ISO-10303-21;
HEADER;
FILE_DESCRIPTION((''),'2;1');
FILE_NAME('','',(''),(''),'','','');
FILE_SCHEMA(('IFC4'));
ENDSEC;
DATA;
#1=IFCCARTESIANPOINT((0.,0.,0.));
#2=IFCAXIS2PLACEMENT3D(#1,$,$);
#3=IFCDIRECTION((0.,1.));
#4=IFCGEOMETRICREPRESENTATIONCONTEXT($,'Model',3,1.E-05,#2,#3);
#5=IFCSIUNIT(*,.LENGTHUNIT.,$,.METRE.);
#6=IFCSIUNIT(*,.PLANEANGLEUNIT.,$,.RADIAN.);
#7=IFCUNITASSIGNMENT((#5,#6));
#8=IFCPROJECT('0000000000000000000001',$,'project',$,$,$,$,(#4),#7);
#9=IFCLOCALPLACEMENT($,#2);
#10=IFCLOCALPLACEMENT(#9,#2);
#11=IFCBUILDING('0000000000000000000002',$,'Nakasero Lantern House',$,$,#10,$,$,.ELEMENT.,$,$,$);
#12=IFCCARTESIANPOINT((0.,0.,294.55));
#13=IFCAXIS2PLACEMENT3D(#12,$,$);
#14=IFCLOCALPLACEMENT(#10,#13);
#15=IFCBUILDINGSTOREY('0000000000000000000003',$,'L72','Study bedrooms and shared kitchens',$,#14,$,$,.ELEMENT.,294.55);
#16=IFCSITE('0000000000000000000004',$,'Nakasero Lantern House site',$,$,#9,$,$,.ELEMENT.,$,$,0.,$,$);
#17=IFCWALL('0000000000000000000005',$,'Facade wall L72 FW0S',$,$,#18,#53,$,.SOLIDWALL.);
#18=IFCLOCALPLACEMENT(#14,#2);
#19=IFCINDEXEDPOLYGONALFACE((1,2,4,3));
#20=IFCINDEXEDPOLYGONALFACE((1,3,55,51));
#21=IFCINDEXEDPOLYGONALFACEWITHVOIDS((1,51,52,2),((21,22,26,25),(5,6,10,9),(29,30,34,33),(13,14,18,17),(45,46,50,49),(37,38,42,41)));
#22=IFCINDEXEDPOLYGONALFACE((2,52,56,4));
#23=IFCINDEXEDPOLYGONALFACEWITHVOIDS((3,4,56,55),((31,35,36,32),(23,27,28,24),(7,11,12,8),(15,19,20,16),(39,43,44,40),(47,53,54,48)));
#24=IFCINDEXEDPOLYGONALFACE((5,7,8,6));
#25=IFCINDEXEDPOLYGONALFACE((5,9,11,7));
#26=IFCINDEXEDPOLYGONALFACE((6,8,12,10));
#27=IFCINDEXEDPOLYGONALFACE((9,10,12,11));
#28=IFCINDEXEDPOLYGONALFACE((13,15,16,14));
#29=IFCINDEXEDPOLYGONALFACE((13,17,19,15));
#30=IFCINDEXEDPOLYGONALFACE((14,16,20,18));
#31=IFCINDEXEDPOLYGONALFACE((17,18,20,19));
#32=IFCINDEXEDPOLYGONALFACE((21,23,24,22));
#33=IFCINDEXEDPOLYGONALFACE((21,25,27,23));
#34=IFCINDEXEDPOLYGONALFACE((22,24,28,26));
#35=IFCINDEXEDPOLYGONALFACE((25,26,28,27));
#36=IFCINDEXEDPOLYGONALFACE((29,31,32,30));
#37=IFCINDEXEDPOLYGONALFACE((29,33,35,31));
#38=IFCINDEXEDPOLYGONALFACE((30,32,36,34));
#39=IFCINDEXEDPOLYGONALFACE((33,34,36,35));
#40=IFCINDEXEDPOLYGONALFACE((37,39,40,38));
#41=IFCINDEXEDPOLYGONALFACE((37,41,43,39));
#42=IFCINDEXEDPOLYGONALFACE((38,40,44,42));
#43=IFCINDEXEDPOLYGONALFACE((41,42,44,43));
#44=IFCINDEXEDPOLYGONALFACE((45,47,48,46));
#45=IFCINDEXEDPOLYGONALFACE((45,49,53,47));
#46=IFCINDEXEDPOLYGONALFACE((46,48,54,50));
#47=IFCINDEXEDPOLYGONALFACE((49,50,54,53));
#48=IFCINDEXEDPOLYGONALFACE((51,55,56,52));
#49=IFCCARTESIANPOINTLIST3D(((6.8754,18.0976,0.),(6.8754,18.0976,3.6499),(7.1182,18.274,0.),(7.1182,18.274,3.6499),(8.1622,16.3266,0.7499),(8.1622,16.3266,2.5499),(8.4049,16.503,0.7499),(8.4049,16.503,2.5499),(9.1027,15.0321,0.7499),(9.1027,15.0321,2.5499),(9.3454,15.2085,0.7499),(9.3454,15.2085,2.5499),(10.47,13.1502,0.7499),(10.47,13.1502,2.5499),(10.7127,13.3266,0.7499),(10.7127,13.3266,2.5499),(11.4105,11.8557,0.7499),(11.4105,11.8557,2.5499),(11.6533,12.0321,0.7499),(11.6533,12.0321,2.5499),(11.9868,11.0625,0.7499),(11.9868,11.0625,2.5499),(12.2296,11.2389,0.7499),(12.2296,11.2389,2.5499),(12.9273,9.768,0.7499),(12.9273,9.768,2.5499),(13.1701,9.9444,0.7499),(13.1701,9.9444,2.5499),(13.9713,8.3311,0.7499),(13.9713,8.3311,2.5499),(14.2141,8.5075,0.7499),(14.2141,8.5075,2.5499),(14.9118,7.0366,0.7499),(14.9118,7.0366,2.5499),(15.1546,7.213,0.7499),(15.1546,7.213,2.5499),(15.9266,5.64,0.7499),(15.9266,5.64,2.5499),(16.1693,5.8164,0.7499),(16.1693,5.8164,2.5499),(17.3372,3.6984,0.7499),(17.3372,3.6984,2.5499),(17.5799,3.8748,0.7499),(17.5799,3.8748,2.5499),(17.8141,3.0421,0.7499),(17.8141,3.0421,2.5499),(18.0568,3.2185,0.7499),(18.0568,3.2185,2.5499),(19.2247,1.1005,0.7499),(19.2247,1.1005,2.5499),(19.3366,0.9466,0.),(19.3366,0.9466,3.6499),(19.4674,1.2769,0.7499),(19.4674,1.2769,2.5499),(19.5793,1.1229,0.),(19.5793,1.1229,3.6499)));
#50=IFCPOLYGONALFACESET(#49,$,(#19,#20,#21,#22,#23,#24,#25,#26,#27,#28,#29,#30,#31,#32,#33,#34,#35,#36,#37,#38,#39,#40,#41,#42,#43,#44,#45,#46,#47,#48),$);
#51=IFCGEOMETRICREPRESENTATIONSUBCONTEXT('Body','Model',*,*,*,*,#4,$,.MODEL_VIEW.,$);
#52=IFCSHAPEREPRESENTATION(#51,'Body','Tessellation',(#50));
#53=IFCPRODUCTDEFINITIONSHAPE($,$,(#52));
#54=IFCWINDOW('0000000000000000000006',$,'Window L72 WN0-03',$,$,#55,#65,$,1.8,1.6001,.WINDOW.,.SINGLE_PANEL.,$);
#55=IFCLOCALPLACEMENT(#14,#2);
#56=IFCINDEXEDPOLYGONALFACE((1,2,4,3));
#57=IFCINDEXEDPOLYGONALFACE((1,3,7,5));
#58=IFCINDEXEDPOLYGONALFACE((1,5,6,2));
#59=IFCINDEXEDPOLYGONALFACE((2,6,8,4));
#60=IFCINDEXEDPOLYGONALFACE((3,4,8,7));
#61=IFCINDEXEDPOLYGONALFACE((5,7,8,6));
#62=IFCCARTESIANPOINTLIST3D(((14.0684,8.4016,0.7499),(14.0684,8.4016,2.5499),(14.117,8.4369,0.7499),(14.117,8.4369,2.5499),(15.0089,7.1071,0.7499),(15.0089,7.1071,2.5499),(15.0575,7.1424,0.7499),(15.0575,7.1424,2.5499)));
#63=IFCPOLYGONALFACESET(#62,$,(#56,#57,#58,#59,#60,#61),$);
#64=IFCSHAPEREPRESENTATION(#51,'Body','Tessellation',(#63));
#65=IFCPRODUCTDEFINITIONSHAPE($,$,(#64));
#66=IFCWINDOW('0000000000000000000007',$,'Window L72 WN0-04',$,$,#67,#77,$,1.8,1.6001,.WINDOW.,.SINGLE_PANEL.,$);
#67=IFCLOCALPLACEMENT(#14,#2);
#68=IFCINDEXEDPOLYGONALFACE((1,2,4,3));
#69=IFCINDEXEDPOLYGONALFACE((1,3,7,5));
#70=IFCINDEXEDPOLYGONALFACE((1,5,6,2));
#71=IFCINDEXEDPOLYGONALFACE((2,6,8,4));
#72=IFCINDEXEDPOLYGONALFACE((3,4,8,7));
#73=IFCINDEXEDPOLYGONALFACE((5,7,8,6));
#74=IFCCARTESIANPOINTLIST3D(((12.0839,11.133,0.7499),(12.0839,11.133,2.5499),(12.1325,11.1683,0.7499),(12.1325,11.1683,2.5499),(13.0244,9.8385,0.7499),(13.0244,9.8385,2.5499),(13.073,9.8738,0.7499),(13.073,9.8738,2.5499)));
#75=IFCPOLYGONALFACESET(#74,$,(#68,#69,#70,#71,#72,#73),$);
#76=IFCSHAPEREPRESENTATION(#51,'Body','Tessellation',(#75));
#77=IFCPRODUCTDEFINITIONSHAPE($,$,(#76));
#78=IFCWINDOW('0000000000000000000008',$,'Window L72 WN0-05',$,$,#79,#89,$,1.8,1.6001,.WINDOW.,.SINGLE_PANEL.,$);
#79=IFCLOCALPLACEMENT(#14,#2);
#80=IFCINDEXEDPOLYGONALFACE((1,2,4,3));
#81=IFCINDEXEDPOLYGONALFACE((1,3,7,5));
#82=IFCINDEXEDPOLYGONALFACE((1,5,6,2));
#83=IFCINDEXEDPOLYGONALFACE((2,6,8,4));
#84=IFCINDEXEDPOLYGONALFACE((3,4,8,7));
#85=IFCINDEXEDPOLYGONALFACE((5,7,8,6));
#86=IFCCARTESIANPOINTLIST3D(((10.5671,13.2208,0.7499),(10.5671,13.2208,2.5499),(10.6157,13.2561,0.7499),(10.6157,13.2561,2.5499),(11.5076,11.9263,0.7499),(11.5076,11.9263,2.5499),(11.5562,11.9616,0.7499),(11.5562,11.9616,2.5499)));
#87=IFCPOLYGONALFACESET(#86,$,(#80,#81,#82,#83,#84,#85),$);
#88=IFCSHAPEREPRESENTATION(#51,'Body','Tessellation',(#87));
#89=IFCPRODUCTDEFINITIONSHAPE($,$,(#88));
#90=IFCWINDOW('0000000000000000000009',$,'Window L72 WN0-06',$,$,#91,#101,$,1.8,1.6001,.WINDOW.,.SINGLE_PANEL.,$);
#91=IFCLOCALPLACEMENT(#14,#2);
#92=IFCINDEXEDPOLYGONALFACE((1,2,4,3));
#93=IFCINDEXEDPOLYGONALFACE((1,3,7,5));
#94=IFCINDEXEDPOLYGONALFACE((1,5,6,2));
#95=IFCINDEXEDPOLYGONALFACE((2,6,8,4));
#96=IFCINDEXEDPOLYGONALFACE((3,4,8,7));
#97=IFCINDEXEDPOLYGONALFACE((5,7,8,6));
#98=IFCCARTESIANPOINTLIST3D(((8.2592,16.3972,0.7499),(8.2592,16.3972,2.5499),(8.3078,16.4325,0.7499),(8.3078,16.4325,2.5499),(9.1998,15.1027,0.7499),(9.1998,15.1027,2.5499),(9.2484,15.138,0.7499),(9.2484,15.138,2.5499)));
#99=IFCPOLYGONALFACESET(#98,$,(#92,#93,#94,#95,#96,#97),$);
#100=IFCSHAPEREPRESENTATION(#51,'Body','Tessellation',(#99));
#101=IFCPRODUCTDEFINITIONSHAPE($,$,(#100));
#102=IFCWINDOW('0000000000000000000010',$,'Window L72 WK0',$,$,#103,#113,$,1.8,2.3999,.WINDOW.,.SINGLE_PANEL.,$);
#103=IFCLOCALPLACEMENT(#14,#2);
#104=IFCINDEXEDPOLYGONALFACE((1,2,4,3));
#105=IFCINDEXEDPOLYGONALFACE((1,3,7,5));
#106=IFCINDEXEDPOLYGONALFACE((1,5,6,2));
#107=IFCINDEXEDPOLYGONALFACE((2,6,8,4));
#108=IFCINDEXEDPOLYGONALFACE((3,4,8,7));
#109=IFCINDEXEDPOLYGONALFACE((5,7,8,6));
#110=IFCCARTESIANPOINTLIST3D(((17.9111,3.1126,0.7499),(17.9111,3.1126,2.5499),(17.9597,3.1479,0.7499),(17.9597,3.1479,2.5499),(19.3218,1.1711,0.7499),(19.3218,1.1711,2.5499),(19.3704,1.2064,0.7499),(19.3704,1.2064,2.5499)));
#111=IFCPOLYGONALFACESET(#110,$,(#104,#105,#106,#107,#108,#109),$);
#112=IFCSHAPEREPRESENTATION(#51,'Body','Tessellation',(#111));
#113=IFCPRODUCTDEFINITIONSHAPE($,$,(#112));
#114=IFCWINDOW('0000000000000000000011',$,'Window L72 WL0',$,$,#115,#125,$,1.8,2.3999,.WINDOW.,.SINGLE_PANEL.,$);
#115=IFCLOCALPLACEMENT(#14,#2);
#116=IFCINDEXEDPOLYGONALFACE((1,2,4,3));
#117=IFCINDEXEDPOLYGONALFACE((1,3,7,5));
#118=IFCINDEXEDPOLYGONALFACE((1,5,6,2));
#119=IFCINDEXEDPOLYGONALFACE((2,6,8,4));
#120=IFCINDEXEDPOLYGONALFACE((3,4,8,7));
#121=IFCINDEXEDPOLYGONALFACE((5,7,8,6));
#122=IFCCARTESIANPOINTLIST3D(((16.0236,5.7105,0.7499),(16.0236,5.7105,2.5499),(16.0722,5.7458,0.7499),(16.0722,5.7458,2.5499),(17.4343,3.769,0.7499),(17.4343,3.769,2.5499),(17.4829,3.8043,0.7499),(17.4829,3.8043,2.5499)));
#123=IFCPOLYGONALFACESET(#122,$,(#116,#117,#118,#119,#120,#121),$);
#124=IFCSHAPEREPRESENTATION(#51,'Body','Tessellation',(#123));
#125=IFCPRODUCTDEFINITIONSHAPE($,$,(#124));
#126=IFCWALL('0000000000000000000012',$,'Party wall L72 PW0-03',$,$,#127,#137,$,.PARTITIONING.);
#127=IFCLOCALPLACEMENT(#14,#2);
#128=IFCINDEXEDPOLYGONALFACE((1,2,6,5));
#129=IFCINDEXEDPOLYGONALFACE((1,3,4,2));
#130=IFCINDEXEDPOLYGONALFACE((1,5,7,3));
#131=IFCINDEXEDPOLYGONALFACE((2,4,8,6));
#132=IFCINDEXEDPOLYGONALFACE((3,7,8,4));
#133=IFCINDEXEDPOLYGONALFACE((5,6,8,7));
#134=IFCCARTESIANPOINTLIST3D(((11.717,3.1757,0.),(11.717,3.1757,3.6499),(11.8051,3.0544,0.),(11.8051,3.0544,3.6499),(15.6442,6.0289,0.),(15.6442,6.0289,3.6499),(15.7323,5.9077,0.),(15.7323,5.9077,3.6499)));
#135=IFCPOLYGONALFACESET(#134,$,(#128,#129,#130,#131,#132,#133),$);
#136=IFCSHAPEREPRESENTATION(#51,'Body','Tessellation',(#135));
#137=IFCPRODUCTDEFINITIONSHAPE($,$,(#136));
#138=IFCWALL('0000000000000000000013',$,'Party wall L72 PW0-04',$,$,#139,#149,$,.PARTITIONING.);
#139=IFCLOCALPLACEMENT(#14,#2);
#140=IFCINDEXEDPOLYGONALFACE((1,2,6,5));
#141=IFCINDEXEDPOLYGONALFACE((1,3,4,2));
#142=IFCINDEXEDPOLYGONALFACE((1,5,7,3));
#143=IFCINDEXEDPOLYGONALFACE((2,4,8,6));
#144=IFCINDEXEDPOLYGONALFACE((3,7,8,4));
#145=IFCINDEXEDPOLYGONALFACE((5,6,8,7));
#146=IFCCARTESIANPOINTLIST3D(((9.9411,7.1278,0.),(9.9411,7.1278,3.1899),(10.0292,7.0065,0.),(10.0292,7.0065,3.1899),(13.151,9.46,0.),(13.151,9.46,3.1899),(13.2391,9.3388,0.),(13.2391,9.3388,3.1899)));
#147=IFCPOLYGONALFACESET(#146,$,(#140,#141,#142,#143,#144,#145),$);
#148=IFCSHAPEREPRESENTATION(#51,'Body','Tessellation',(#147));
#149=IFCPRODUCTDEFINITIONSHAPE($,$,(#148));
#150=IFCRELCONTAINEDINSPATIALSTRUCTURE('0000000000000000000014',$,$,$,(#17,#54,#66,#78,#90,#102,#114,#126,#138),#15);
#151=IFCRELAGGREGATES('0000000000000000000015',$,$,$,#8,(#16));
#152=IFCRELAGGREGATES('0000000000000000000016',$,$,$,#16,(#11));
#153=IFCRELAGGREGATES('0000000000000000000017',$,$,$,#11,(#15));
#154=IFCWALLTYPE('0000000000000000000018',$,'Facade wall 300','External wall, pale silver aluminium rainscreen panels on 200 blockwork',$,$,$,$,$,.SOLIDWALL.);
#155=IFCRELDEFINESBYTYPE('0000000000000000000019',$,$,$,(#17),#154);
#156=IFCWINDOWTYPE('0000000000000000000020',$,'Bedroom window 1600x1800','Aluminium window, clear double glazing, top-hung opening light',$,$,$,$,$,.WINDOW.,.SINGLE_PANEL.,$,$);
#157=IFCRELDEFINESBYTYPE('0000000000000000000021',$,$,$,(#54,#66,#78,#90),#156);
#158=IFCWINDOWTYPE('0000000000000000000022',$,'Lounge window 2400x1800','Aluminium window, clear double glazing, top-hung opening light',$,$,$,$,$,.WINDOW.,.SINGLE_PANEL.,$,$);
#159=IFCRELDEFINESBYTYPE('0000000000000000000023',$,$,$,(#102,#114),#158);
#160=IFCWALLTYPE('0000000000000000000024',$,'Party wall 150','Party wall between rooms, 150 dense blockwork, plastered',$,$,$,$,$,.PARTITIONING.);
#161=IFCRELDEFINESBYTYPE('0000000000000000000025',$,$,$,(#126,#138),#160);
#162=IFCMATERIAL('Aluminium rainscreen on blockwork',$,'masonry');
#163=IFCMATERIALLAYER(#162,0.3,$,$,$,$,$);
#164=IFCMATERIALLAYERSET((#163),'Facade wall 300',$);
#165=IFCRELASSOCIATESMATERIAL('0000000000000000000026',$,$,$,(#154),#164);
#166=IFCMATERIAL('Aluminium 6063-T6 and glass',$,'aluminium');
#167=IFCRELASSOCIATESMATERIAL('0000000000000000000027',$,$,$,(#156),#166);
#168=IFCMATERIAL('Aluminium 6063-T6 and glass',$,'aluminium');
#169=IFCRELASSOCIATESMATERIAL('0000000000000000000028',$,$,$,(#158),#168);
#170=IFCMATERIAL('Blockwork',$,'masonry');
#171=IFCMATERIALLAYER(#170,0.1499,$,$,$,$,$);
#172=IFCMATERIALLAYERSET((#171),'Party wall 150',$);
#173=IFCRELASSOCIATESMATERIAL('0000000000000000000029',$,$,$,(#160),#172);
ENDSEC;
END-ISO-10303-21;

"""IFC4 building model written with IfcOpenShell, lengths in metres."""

from ifc_helpers import new_model, si_unit, direction, frame, frame_2d, origin, place, context, subcontext, project, spatial, rectangle, extrude, material, layer, layer_set, type_object, element, fill, save


model = new_model("IFC4")

# Units and contexts
model_context = context("Model", 3, precision=1e-05, world=origin(), true_north=direction((0.0, 1.0)))
body_context = subcontext(model_context, "Body", "Model", "MODEL_VIEW")
ifc_project = project(units=[si_unit("LENGTHUNIT", "METRE"), si_unit("PLANEANGLEUNIT", "RADIAN")], contexts=[model_context])

# Site, building, storey
site_placement = place(None, origin())
site = spatial("IfcSite", under=ifc_project, at=site_placement, Name="Nakasero Lantern House site", CompositionType="ELEMENT", RefElevation=0.0)
building_placement = place(site_placement, origin())
building = spatial("IfcBuilding", under=site, at=building_placement, Name="Nakasero Lantern House", CompositionType="ELEMENT")
storey_placement = place(building_placement, frame((0.0, 0.0, 294.55)))
storey = spatial("IfcBuildingStorey", under=building, at=storey_placement, Name="L72", Description="Study bedrooms and shared kitchens", CompositionType="ELEMENT", Elevation=294.55)

# Wall, openings, windows
ifc_material_1 = material(Name="Aluminium rainscreen on blockwork", Category="masonry")
ifc_layer_1 = layer(ifc_material_1, 0.3)
ifc_layer_set_1 = layer_set([ifc_layer_1], Name="Facade wall 300")
wall_type_1 = type_object("IfcWallType", Name="Facade wall 300", Description="External wall, pale silver aluminium rainscreen panels on 200 blockwork", PredefinedType="SOLIDWALL", material=ifc_layer_set_1)
wall_1_placement = place(storey_placement, frame((19.458, 1.0347, 0.0), z_axis=(0.0, 0.0, 1.0), x_axis=(-0.58779, 0.809013, 0.0)))
wall_1 = element("IfcWall", 1, at=wall_1_placement, inside=storey, type_object=wall_type_1, Name="Facade wall L72 FW0S", PredefinedType="SOLIDWALL", context=body_context, shape_type="SweptSolid", body=[
    extrude(rectangle(XDim=21.2, YDim=0.3, at=frame_2d((10.6001, 0.0))), origin(), (0.0, 0.0, 1.0), 3.6499),
])
opening_1_placement = place(wall_1_placement, frame((7.5278, 0.0, 0.75)))
opening_1 = element("IfcOpeningElement", 2, at=opening_1_placement, cuts=wall_1, PredefinedType="OPENING", context=body_context, shape_type="SweptSolid", body=[
    extrude(rectangle(XDim=1.6001, YDim=1.8, at=frame_2d((0.8, 0.8999))), frame((0.0, 0.1699, 0.0), z_axis=(0.0, -1.0, 0.0), x_axis=(1.0, 0.0, 0.0)), (0.0, 0.0, 1.0), 0.3401),
])
opening_2_placement = place(wall_1_placement, frame((10.9041, 0.0, 0.75)))
opening_2 = element("IfcOpeningElement", 3, at=opening_2_placement, cuts=wall_1, PredefinedType="OPENING", context=body_context, shape_type="SweptSolid", body=[
    extrude(rectangle(XDim=1.6001, YDim=1.8, at=frame_2d((0.8, 0.8999))), frame((0.0, 0.1699, 0.0), z_axis=(0.0, -1.0, 0.0), x_axis=(1.0, 0.0, 0.0)), (0.0, 0.0, 1.0), 0.3401),
])
opening_3_placement = place(wall_1_placement, frame((13.4846, 0.0, 0.75)))
opening_3 = element("IfcOpeningElement", 4, at=opening_3_placement, cuts=wall_1, PredefinedType="OPENING", context=body_context, shape_type="SweptSolid", body=[
    extrude(rectangle(XDim=1.6001, YDim=1.8, at=frame_2d((0.8, 0.8999))), frame((0.0, 0.1699, 0.0), z_axis=(0.0, -1.0, 0.0), x_axis=(1.0, 0.0, 0.0)), (0.0, 0.0, 1.0), 0.3401),
])
opening_4_placement = place(wall_1_placement, frame((17.4109, 0.0, 0.75)))
opening_4 = element("IfcOpeningElement", 5, at=opening_4_placement, cuts=wall_1, PredefinedType="OPENING", context=body_context, shape_type="SweptSolid", body=[
    extrude(rectangle(XDim=1.6001, YDim=1.8, at=frame_2d((0.8, 0.8999))), frame((0.0, 0.1699, 0.0), z_axis=(0.0, -1.0, 0.0), x_axis=(1.0, 0.0, 0.0)), (0.0, 0.0, 1.0), 0.3401),
])
opening_5_placement = place(wall_1_placement, frame((0.1904, 0.0, 0.75)))
opening_5 = element("IfcOpeningElement", 6, at=opening_5_placement, cuts=wall_1, PredefinedType="OPENING", context=body_context, shape_type="SweptSolid", body=[
    extrude(rectangle(XDim=2.3999, YDim=1.8, at=frame_2d((1.2, 0.8999))), frame((0.0, 0.1699, 0.0), z_axis=(0.0, -1.0, 0.0), x_axis=(1.0, 0.0, 0.0)), (0.0, 0.0, 1.0), 0.3401),
])
opening_6_placement = place(wall_1_placement, frame((3.4016, 0.0, 0.75)))
opening_6 = element("IfcOpeningElement", 7, at=opening_6_placement, cuts=wall_1, PredefinedType="OPENING", context=body_context, shape_type="SweptSolid", body=[
    extrude(rectangle(XDim=2.3999, YDim=1.8, at=frame_2d((1.2, 0.8999))), frame((0.0, 0.1699, 0.0), z_axis=(0.0, -1.0, 0.0), x_axis=(1.0, 0.0, 0.0)), (0.0, 0.0, 1.0), 0.3401),
])
ifc_material_2 = material(Name="Aluminium 6063-T6 and glass", Category="aluminium")
window_type_1 = type_object("IfcWindowType", Name="Bedroom window 1600x1800", Description="Aluminium window, clear double glazing, top-hung opening light", PartitioningType="SINGLE_PANEL", PredefinedType="WINDOW", material=ifc_material_2)
window_1_placement = place(opening_1_placement, origin())
window_1 = element("IfcWindow", 8, at=window_1_placement, inside=storey, type_object=window_type_1, Name="Window L72 WN0-03", OverallHeight=1.8, OverallWidth=1.6001, PartitioningType="SINGLE_PANEL", PredefinedType="WINDOW", context=body_context, shape_type="SweptSolid", body=[
    extrude(rectangle(XDim=1.6001, YDim=1.8, at=frame_2d((0.8, 0.8999))), frame((0.0, 0.03, 0.0), z_axis=(0.0, -1.0, 0.0), x_axis=(1.0, 0.0, 0.0)), (0.0, 0.0, 1.0), 0.0601),
])
fill(opening_1, window_1)
window_2_placement = place(opening_2_placement, origin())
window_2 = element("IfcWindow", 9, at=window_2_placement, inside=storey, type_object=window_type_1, Name="Window L72 WN0-04", OverallHeight=1.8, OverallWidth=1.6001, PartitioningType="SINGLE_PANEL", PredefinedType="WINDOW", context=body_context, shape_type="SweptSolid", body=[
    extrude(rectangle(XDim=1.6001, YDim=1.8, at=frame_2d((0.8, 0.8999))), frame((0.0, 0.03, 0.0), z_axis=(0.0, -1.0, 0.0), x_axis=(1.0, 0.0, 0.0)), (0.0, 0.0, 1.0), 0.0601),
])
fill(opening_2, window_2)
window_3_placement = place(opening_3_placement, origin())
window_3 = element("IfcWindow", 10, at=window_3_placement, inside=storey, type_object=window_type_1, Name="Window L72 WN0-05", OverallHeight=1.8, OverallWidth=1.6001, PartitioningType="SINGLE_PANEL", PredefinedType="WINDOW", context=body_context, shape_type="SweptSolid", body=[
    extrude(rectangle(XDim=1.6001, YDim=1.8, at=frame_2d((0.8, 0.8999))), frame((0.0, 0.03, 0.0), z_axis=(0.0, -1.0, 0.0), x_axis=(1.0, 0.0, 0.0)), (0.0, 0.0, 1.0), 0.0601),
])
fill(opening_3, window_3)
window_4_placement = place(opening_4_placement, origin())
window_4 = element("IfcWindow", 11, at=window_4_placement, inside=storey, type_object=window_type_1, Name="Window L72 WN0-06", OverallHeight=1.8, OverallWidth=1.6001, PartitioningType="SINGLE_PANEL", PredefinedType="WINDOW", context=body_context, shape_type="SweptSolid", body=[
    extrude(rectangle(XDim=1.6001, YDim=1.8, at=frame_2d((0.8, 0.8999))), frame((0.0, 0.03, 0.0), z_axis=(0.0, -1.0, 0.0), x_axis=(1.0, 0.0, 0.0)), (0.0, 0.0, 1.0), 0.0601),
])
fill(opening_4, window_4)
ifc_material_3 = material(Name="Aluminium 6063-T6 and glass", Category="aluminium")
window_type_2 = type_object("IfcWindowType", Name="Lounge window 2400x1800", Description="Aluminium window, clear double glazing, top-hung opening light", PartitioningType="SINGLE_PANEL", PredefinedType="WINDOW", material=ifc_material_3)
window_5_placement = place(opening_5_placement, origin())
window_5 = element("IfcWindow", 12, at=window_5_placement, inside=storey, type_object=window_type_2, Name="Window L72 WK0", OverallHeight=1.8, OverallWidth=2.3999, PartitioningType="SINGLE_PANEL", PredefinedType="WINDOW", context=body_context, shape_type="SweptSolid", body=[
    extrude(rectangle(XDim=2.3999, YDim=1.8, at=frame_2d((1.2, 0.8999))), frame((0.0, 0.03, 0.0), z_axis=(0.0, -1.0, 0.0), x_axis=(1.0, 0.0, 0.0)), (0.0, 0.0, 1.0), 0.0601),
])
fill(opening_5, window_5)
window_6_placement = place(opening_6_placement, origin())
window_6 = element("IfcWindow", 13, at=window_6_placement, inside=storey, type_object=window_type_2, Name="Window L72 WL0", OverallHeight=1.8, OverallWidth=2.3999, PartitioningType="SINGLE_PANEL", PredefinedType="WINDOW", context=body_context, shape_type="SweptSolid", body=[
    extrude(rectangle(XDim=2.3999, YDim=1.8, at=frame_2d((1.2, 0.8999))), frame((0.0, 0.03, 0.0), z_axis=(0.0, -1.0, 0.0), x_axis=(1.0, 0.0, 0.0)), (0.0, 0.0, 1.0), 0.0601),
])
fill(opening_6, window_6)

# Walls
ifc_material_4 = material(Name="Blockwork", Category="masonry")
ifc_layer_2 = layer(ifc_material_4, 0.1499)
ifc_layer_set_2 = layer_set([ifc_layer_2], Name="Party wall 150")
wall_type_2 = type_object("IfcWallType", Name="Party wall 150", Description="Party wall between rooms, 150 dense blockwork, plastered", PredefinedType="PARTITIONING", material=ifc_layer_set_2)
wall_2_placement = place(storey_placement, frame((11.761, 3.115, 0.0), z_axis=(0.0, 0.0, 1.0), x_axis=(0.809021, 0.58778, 0.0)))
element("IfcWall", 14, at=wall_2_placement, inside=storey, type_object=wall_type_2, Name="Party wall L72 PW0-03", PredefinedType="PARTITIONING", context=body_context, shape_type="SweptSolid", body=[
    extrude(rectangle(XDim=4.8542, YDim=0.1499, at=frame_2d((2.4272, 0.0))), origin(), (0.0, 0.0, 1.0), 3.6499),
])
wall_3_placement = place(storey_placement, frame((9.9851, 7.0671, 0.0), z_axis=(0.0, 0.0, 1.0), x_axis=(0.809005, 0.587802, 0.0)))
element("IfcWall", 15, at=wall_3_placement, inside=storey, type_object=wall_type_2, Name="Party wall L72 PW0-04", PredefinedType="PARTITIONING", context=body_context, shape_type="SweptSolid", body=[
    extrude(rectangle(XDim=3.9678, YDim=0.1499, at=frame_2d((1.9839, 0.0))), origin(), (0.0, 0.0, 1.0), 3.1899),
])

save(model, "model.ifc")
